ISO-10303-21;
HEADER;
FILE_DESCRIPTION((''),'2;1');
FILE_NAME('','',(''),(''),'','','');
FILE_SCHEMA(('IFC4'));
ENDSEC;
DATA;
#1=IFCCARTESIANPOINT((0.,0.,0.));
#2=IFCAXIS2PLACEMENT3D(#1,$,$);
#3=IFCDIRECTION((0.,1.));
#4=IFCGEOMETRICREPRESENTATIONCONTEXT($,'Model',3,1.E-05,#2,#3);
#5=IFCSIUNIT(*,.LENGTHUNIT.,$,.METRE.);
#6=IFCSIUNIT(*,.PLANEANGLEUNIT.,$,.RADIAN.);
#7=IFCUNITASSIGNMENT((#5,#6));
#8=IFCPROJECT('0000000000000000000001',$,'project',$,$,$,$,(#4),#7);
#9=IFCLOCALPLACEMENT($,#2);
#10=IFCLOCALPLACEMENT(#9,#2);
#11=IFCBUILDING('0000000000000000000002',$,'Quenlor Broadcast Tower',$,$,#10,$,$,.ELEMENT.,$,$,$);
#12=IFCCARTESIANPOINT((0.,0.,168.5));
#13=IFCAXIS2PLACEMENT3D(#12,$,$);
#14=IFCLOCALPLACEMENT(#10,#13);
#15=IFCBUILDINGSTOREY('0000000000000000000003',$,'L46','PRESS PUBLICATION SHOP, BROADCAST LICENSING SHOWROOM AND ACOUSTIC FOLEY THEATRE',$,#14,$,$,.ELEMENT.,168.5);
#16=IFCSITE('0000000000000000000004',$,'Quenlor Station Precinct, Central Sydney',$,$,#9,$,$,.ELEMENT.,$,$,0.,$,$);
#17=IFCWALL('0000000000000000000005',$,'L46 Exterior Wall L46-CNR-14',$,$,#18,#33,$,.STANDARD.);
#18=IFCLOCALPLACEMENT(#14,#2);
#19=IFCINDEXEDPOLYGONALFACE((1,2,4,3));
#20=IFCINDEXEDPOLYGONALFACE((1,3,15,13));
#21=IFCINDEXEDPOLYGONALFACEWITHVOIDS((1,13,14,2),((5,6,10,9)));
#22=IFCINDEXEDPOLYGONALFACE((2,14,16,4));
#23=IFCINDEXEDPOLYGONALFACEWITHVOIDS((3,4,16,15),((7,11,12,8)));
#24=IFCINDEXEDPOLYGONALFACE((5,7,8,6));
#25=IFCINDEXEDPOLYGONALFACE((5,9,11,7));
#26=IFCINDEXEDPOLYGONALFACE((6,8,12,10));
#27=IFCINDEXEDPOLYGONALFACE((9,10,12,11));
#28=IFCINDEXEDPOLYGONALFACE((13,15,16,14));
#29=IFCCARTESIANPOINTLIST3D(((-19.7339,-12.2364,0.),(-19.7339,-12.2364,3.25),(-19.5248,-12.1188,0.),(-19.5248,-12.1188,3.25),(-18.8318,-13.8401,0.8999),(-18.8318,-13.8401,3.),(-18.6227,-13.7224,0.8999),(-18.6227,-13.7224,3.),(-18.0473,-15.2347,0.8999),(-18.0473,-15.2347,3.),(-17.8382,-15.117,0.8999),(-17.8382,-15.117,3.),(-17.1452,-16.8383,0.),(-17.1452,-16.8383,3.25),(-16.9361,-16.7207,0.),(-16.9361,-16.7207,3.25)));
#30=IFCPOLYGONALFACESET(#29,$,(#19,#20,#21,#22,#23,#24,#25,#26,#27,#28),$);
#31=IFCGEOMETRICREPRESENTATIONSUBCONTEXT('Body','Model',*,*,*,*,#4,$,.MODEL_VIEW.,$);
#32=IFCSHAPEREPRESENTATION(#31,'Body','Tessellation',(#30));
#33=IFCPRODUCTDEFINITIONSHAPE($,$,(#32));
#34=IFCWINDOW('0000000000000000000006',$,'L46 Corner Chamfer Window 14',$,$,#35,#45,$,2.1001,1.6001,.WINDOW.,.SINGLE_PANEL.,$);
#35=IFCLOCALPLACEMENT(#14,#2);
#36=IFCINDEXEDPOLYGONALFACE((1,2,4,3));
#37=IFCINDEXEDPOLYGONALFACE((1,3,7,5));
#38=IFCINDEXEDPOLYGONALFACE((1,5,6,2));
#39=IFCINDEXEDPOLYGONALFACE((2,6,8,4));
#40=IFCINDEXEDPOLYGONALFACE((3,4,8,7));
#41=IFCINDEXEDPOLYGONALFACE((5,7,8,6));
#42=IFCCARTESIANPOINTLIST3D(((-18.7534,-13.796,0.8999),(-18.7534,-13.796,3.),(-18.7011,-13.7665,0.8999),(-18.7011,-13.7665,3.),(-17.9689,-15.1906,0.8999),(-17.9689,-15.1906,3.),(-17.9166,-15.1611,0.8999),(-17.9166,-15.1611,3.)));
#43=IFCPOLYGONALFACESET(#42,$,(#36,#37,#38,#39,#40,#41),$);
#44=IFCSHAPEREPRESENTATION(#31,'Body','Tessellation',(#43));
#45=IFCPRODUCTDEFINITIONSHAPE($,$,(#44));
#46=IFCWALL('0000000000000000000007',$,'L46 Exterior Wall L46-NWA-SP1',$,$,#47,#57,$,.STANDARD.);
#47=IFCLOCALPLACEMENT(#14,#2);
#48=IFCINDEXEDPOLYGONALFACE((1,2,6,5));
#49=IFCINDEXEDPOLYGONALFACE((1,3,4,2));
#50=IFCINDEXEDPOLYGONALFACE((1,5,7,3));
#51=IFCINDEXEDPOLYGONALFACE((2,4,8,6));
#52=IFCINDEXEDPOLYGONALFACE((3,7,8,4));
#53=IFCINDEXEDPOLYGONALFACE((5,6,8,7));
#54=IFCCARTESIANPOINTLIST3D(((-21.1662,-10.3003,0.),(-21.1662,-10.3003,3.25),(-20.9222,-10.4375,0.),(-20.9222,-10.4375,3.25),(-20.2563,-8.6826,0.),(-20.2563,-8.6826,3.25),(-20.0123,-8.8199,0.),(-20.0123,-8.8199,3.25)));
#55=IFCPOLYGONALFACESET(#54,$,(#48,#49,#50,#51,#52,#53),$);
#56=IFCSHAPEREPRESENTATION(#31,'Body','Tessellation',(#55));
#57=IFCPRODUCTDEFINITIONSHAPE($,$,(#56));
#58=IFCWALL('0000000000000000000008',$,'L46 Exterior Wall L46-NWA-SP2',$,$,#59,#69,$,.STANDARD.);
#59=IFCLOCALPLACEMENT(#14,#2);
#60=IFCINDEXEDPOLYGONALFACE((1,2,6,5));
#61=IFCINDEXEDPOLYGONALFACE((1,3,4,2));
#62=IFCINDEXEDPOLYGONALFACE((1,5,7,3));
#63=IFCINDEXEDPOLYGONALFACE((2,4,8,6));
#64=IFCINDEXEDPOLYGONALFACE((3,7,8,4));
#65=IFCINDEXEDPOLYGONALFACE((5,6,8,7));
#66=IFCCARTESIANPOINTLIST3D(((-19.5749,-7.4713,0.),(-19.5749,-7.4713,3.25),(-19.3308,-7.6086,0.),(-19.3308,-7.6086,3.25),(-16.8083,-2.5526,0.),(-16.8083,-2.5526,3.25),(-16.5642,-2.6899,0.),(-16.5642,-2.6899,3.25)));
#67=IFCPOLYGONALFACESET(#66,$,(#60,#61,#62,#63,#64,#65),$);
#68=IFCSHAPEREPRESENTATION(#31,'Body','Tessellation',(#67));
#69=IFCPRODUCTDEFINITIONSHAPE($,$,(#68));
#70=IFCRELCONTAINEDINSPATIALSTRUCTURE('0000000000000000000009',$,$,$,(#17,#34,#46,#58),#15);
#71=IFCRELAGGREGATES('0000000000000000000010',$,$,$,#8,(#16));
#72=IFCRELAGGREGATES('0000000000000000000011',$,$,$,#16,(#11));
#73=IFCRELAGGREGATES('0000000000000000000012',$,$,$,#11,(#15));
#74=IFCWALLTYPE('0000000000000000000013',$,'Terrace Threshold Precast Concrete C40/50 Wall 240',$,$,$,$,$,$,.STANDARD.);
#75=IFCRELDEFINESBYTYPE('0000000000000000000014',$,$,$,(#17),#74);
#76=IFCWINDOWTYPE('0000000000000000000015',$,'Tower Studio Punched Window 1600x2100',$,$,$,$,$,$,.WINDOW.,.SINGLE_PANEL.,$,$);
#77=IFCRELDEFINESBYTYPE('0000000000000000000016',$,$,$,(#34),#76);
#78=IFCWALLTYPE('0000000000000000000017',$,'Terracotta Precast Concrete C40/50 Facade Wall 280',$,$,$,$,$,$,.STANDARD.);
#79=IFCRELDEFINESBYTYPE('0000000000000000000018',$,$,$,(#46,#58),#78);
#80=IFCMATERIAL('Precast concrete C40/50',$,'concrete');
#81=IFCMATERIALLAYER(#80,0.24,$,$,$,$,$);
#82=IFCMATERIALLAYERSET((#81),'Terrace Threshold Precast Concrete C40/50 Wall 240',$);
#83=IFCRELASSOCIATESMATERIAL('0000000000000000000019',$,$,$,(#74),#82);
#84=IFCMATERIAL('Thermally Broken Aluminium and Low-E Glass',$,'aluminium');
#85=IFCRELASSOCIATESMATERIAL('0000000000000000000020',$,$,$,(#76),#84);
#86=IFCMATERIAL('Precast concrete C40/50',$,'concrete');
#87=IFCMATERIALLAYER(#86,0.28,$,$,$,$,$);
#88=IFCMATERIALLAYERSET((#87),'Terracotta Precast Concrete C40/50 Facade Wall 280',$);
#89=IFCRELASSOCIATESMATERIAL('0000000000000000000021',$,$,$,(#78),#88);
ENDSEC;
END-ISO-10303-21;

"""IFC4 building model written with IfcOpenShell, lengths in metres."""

from ifc_helpers import new_model, si_unit, direction, frame, frame_2d, origin, place, context, subcontext, project, spatial, rectangle, extrude, material, layer, layer_set, type_object, element, fill, save


model = new_model("IFC4")

# Units and contexts
model_context = context("Model", 3, precision=1e-05, world=origin(), true_north=direction((0.0, 1.0)))
body_context = subcontext(model_context, "Body", "Model", "MODEL_VIEW")
ifc_project = project(units=[si_unit("LENGTHUNIT", "METRE"), si_unit("PLANEANGLEUNIT", "RADIAN")], contexts=[model_context])

# Site, building, storey
site_placement = place(None, origin())
site = spatial("IfcSite", under=ifc_project, at=site_placement, Name="Quenlor Station Precinct, Central Sydney", CompositionType="ELEMENT", RefElevation=0.0)
building_placement = place(site_placement, origin())
building = spatial("IfcBuilding", under=site, at=building_placement, Name="Quenlor Broadcast Tower", CompositionType="ELEMENT")
storey_placement = place(building_placement, frame((0.0, 0.0, 168.5)))
storey = spatial("IfcBuildingStorey", under=building, at=storey_placement, Name="L46", Description="PRESS PUBLICATION SHOP, BROADCAST LICENSING SHOWROOM AND ACOUSTIC FOLEY THEATRE", CompositionType="ELEMENT", Elevation=168.5)

# Shared definitions
ifc_material_1 = material(Name="Precast concrete C40/50", Category="concrete")
ifc_layer_1 = layer(ifc_material_1, 0.24)
ifc_layer_set_1 = layer_set([ifc_layer_1], Name="Terrace Threshold Precast Concrete C40/50 Wall 240")
wall_type_1 = type_object("IfcWallType", Name="Terrace Threshold Precast Concrete C40/50 Wall 240", PredefinedType="STANDARD", material=ifc_layer_set_1)

# Wall, opening, window
wall_1_placement = place(storey_placement, frame((-19.6294, -12.1775, 0.0), z_axis=(0.0, 0.0, 1.0), x_axis=(0.490277, -0.871567, 0.0)))
wall_1 = element("IfcWall", 1, at=wall_1_placement, inside=storey, type_object=wall_type_1, Name="L46 Exterior Wall L46-CNR-14", PredefinedType="STANDARD", context=body_context, shape_type="SweptSolid", body=[
    extrude(rectangle(XDim=5.28, YDim=0.24, at=frame_2d((2.6401, 0.0))), origin(), (0.0, 0.0, 1.0), 3.25),
])
opening_placement = place(wall_1_placement, frame((1.8401, 0.0, 0.8999)))
opening = element("IfcOpeningElement", 2, at=opening_placement, cuts=wall_1, PredefinedType="OPENING", context=body_context, shape_type="SweptSolid", body=[
    extrude(rectangle(XDim=1.6001, YDim=2.1001, at=frame_2d((0.8, 1.05))), frame((0.0, 0.1299, 0.0), z_axis=(0.0, -1.0, 0.0), x_axis=(1.0, 0.0, 0.0)), (0.0, 0.0, 1.0), 0.26),
])
ifc_material_2 = material(Name="Thermally Broken Aluminium and Low-E Glass", Category="aluminium")
window_type = type_object("IfcWindowType", Name="Tower Studio Punched Window 1600x2100", PartitioningType="SINGLE_PANEL", PredefinedType="WINDOW", material=ifc_material_2)
window_placement = place(opening_placement, origin())
window = element("IfcWindow", 3, at=window_placement, inside=storey, type_object=window_type, Name="L46 Corner Chamfer Window 14", OverallHeight=2.1001, OverallWidth=1.6001, PartitioningType="SINGLE_PANEL", PredefinedType="WINDOW", context=body_context, shape_type="SweptSolid", body=[
    extrude(rectangle(XDim=1.6001, YDim=2.1001, at=frame_2d((0.8, 1.05))), frame((0.0, 0.03, 0.0), z_axis=(0.0, -1.0, 0.0), x_axis=(1.0, 0.0, 0.0)), (0.0, 0.0, 1.0), 0.0601),
])
fill(opening, window)

# Walls
ifc_material_3 = material(Name="Precast concrete C40/50", Category="concrete")
ifc_layer_2 = layer(ifc_material_3, 0.28)
ifc_layer_set_2 = layer_set([ifc_layer_2], Name="Terracotta Precast Concrete C40/50 Facade Wall 280")
wall_type_2 = type_object("IfcWallType", Name="Terracotta Precast Concrete C40/50 Facade Wall 280", PredefinedType="STANDARD", material=ifc_layer_set_2)
wall_2_placement = place(storey_placement, frame((-21.0442, -10.3689, 0.0), z_axis=(0.0, 0.0, 1.0), x_axis=(0.490249, 0.871583, 0.0)))
element("IfcWall", 4, at=wall_2_placement, inside=storey, type_object=wall_type_2, Name="L46 Exterior Wall L46-NWA-SP1", PredefinedType="STANDARD", context=body_context, shape_type="SweptSolid", body=[
    extrude(rectangle(XDim=1.856, YDim=0.28, at=frame_2d((0.928, 0.0))), origin(), (0.0, 0.0, 1.0), 3.25),
])
wall_3_placement = place(storey_placement, frame((-19.4529, -7.54, 0.0), z_axis=(0.0, 0.0, 1.0), x_axis=(0.490239, 0.871588, 0.0)))
element("IfcWall", 5, at=wall_3_placement, inside=storey, type_object=wall_type_2, Name="L46 Exterior Wall L46-NWA-SP2", PredefinedType="STANDARD", context=body_context, shape_type="SweptSolid", body=[
    extrude(rectangle(XDim=5.6433, YDim=0.28, at=frame_2d((2.8218, 0.0))), origin(), (0.0, 0.0, 1.0), 3.25),
])

save(model, "model.ifc")
